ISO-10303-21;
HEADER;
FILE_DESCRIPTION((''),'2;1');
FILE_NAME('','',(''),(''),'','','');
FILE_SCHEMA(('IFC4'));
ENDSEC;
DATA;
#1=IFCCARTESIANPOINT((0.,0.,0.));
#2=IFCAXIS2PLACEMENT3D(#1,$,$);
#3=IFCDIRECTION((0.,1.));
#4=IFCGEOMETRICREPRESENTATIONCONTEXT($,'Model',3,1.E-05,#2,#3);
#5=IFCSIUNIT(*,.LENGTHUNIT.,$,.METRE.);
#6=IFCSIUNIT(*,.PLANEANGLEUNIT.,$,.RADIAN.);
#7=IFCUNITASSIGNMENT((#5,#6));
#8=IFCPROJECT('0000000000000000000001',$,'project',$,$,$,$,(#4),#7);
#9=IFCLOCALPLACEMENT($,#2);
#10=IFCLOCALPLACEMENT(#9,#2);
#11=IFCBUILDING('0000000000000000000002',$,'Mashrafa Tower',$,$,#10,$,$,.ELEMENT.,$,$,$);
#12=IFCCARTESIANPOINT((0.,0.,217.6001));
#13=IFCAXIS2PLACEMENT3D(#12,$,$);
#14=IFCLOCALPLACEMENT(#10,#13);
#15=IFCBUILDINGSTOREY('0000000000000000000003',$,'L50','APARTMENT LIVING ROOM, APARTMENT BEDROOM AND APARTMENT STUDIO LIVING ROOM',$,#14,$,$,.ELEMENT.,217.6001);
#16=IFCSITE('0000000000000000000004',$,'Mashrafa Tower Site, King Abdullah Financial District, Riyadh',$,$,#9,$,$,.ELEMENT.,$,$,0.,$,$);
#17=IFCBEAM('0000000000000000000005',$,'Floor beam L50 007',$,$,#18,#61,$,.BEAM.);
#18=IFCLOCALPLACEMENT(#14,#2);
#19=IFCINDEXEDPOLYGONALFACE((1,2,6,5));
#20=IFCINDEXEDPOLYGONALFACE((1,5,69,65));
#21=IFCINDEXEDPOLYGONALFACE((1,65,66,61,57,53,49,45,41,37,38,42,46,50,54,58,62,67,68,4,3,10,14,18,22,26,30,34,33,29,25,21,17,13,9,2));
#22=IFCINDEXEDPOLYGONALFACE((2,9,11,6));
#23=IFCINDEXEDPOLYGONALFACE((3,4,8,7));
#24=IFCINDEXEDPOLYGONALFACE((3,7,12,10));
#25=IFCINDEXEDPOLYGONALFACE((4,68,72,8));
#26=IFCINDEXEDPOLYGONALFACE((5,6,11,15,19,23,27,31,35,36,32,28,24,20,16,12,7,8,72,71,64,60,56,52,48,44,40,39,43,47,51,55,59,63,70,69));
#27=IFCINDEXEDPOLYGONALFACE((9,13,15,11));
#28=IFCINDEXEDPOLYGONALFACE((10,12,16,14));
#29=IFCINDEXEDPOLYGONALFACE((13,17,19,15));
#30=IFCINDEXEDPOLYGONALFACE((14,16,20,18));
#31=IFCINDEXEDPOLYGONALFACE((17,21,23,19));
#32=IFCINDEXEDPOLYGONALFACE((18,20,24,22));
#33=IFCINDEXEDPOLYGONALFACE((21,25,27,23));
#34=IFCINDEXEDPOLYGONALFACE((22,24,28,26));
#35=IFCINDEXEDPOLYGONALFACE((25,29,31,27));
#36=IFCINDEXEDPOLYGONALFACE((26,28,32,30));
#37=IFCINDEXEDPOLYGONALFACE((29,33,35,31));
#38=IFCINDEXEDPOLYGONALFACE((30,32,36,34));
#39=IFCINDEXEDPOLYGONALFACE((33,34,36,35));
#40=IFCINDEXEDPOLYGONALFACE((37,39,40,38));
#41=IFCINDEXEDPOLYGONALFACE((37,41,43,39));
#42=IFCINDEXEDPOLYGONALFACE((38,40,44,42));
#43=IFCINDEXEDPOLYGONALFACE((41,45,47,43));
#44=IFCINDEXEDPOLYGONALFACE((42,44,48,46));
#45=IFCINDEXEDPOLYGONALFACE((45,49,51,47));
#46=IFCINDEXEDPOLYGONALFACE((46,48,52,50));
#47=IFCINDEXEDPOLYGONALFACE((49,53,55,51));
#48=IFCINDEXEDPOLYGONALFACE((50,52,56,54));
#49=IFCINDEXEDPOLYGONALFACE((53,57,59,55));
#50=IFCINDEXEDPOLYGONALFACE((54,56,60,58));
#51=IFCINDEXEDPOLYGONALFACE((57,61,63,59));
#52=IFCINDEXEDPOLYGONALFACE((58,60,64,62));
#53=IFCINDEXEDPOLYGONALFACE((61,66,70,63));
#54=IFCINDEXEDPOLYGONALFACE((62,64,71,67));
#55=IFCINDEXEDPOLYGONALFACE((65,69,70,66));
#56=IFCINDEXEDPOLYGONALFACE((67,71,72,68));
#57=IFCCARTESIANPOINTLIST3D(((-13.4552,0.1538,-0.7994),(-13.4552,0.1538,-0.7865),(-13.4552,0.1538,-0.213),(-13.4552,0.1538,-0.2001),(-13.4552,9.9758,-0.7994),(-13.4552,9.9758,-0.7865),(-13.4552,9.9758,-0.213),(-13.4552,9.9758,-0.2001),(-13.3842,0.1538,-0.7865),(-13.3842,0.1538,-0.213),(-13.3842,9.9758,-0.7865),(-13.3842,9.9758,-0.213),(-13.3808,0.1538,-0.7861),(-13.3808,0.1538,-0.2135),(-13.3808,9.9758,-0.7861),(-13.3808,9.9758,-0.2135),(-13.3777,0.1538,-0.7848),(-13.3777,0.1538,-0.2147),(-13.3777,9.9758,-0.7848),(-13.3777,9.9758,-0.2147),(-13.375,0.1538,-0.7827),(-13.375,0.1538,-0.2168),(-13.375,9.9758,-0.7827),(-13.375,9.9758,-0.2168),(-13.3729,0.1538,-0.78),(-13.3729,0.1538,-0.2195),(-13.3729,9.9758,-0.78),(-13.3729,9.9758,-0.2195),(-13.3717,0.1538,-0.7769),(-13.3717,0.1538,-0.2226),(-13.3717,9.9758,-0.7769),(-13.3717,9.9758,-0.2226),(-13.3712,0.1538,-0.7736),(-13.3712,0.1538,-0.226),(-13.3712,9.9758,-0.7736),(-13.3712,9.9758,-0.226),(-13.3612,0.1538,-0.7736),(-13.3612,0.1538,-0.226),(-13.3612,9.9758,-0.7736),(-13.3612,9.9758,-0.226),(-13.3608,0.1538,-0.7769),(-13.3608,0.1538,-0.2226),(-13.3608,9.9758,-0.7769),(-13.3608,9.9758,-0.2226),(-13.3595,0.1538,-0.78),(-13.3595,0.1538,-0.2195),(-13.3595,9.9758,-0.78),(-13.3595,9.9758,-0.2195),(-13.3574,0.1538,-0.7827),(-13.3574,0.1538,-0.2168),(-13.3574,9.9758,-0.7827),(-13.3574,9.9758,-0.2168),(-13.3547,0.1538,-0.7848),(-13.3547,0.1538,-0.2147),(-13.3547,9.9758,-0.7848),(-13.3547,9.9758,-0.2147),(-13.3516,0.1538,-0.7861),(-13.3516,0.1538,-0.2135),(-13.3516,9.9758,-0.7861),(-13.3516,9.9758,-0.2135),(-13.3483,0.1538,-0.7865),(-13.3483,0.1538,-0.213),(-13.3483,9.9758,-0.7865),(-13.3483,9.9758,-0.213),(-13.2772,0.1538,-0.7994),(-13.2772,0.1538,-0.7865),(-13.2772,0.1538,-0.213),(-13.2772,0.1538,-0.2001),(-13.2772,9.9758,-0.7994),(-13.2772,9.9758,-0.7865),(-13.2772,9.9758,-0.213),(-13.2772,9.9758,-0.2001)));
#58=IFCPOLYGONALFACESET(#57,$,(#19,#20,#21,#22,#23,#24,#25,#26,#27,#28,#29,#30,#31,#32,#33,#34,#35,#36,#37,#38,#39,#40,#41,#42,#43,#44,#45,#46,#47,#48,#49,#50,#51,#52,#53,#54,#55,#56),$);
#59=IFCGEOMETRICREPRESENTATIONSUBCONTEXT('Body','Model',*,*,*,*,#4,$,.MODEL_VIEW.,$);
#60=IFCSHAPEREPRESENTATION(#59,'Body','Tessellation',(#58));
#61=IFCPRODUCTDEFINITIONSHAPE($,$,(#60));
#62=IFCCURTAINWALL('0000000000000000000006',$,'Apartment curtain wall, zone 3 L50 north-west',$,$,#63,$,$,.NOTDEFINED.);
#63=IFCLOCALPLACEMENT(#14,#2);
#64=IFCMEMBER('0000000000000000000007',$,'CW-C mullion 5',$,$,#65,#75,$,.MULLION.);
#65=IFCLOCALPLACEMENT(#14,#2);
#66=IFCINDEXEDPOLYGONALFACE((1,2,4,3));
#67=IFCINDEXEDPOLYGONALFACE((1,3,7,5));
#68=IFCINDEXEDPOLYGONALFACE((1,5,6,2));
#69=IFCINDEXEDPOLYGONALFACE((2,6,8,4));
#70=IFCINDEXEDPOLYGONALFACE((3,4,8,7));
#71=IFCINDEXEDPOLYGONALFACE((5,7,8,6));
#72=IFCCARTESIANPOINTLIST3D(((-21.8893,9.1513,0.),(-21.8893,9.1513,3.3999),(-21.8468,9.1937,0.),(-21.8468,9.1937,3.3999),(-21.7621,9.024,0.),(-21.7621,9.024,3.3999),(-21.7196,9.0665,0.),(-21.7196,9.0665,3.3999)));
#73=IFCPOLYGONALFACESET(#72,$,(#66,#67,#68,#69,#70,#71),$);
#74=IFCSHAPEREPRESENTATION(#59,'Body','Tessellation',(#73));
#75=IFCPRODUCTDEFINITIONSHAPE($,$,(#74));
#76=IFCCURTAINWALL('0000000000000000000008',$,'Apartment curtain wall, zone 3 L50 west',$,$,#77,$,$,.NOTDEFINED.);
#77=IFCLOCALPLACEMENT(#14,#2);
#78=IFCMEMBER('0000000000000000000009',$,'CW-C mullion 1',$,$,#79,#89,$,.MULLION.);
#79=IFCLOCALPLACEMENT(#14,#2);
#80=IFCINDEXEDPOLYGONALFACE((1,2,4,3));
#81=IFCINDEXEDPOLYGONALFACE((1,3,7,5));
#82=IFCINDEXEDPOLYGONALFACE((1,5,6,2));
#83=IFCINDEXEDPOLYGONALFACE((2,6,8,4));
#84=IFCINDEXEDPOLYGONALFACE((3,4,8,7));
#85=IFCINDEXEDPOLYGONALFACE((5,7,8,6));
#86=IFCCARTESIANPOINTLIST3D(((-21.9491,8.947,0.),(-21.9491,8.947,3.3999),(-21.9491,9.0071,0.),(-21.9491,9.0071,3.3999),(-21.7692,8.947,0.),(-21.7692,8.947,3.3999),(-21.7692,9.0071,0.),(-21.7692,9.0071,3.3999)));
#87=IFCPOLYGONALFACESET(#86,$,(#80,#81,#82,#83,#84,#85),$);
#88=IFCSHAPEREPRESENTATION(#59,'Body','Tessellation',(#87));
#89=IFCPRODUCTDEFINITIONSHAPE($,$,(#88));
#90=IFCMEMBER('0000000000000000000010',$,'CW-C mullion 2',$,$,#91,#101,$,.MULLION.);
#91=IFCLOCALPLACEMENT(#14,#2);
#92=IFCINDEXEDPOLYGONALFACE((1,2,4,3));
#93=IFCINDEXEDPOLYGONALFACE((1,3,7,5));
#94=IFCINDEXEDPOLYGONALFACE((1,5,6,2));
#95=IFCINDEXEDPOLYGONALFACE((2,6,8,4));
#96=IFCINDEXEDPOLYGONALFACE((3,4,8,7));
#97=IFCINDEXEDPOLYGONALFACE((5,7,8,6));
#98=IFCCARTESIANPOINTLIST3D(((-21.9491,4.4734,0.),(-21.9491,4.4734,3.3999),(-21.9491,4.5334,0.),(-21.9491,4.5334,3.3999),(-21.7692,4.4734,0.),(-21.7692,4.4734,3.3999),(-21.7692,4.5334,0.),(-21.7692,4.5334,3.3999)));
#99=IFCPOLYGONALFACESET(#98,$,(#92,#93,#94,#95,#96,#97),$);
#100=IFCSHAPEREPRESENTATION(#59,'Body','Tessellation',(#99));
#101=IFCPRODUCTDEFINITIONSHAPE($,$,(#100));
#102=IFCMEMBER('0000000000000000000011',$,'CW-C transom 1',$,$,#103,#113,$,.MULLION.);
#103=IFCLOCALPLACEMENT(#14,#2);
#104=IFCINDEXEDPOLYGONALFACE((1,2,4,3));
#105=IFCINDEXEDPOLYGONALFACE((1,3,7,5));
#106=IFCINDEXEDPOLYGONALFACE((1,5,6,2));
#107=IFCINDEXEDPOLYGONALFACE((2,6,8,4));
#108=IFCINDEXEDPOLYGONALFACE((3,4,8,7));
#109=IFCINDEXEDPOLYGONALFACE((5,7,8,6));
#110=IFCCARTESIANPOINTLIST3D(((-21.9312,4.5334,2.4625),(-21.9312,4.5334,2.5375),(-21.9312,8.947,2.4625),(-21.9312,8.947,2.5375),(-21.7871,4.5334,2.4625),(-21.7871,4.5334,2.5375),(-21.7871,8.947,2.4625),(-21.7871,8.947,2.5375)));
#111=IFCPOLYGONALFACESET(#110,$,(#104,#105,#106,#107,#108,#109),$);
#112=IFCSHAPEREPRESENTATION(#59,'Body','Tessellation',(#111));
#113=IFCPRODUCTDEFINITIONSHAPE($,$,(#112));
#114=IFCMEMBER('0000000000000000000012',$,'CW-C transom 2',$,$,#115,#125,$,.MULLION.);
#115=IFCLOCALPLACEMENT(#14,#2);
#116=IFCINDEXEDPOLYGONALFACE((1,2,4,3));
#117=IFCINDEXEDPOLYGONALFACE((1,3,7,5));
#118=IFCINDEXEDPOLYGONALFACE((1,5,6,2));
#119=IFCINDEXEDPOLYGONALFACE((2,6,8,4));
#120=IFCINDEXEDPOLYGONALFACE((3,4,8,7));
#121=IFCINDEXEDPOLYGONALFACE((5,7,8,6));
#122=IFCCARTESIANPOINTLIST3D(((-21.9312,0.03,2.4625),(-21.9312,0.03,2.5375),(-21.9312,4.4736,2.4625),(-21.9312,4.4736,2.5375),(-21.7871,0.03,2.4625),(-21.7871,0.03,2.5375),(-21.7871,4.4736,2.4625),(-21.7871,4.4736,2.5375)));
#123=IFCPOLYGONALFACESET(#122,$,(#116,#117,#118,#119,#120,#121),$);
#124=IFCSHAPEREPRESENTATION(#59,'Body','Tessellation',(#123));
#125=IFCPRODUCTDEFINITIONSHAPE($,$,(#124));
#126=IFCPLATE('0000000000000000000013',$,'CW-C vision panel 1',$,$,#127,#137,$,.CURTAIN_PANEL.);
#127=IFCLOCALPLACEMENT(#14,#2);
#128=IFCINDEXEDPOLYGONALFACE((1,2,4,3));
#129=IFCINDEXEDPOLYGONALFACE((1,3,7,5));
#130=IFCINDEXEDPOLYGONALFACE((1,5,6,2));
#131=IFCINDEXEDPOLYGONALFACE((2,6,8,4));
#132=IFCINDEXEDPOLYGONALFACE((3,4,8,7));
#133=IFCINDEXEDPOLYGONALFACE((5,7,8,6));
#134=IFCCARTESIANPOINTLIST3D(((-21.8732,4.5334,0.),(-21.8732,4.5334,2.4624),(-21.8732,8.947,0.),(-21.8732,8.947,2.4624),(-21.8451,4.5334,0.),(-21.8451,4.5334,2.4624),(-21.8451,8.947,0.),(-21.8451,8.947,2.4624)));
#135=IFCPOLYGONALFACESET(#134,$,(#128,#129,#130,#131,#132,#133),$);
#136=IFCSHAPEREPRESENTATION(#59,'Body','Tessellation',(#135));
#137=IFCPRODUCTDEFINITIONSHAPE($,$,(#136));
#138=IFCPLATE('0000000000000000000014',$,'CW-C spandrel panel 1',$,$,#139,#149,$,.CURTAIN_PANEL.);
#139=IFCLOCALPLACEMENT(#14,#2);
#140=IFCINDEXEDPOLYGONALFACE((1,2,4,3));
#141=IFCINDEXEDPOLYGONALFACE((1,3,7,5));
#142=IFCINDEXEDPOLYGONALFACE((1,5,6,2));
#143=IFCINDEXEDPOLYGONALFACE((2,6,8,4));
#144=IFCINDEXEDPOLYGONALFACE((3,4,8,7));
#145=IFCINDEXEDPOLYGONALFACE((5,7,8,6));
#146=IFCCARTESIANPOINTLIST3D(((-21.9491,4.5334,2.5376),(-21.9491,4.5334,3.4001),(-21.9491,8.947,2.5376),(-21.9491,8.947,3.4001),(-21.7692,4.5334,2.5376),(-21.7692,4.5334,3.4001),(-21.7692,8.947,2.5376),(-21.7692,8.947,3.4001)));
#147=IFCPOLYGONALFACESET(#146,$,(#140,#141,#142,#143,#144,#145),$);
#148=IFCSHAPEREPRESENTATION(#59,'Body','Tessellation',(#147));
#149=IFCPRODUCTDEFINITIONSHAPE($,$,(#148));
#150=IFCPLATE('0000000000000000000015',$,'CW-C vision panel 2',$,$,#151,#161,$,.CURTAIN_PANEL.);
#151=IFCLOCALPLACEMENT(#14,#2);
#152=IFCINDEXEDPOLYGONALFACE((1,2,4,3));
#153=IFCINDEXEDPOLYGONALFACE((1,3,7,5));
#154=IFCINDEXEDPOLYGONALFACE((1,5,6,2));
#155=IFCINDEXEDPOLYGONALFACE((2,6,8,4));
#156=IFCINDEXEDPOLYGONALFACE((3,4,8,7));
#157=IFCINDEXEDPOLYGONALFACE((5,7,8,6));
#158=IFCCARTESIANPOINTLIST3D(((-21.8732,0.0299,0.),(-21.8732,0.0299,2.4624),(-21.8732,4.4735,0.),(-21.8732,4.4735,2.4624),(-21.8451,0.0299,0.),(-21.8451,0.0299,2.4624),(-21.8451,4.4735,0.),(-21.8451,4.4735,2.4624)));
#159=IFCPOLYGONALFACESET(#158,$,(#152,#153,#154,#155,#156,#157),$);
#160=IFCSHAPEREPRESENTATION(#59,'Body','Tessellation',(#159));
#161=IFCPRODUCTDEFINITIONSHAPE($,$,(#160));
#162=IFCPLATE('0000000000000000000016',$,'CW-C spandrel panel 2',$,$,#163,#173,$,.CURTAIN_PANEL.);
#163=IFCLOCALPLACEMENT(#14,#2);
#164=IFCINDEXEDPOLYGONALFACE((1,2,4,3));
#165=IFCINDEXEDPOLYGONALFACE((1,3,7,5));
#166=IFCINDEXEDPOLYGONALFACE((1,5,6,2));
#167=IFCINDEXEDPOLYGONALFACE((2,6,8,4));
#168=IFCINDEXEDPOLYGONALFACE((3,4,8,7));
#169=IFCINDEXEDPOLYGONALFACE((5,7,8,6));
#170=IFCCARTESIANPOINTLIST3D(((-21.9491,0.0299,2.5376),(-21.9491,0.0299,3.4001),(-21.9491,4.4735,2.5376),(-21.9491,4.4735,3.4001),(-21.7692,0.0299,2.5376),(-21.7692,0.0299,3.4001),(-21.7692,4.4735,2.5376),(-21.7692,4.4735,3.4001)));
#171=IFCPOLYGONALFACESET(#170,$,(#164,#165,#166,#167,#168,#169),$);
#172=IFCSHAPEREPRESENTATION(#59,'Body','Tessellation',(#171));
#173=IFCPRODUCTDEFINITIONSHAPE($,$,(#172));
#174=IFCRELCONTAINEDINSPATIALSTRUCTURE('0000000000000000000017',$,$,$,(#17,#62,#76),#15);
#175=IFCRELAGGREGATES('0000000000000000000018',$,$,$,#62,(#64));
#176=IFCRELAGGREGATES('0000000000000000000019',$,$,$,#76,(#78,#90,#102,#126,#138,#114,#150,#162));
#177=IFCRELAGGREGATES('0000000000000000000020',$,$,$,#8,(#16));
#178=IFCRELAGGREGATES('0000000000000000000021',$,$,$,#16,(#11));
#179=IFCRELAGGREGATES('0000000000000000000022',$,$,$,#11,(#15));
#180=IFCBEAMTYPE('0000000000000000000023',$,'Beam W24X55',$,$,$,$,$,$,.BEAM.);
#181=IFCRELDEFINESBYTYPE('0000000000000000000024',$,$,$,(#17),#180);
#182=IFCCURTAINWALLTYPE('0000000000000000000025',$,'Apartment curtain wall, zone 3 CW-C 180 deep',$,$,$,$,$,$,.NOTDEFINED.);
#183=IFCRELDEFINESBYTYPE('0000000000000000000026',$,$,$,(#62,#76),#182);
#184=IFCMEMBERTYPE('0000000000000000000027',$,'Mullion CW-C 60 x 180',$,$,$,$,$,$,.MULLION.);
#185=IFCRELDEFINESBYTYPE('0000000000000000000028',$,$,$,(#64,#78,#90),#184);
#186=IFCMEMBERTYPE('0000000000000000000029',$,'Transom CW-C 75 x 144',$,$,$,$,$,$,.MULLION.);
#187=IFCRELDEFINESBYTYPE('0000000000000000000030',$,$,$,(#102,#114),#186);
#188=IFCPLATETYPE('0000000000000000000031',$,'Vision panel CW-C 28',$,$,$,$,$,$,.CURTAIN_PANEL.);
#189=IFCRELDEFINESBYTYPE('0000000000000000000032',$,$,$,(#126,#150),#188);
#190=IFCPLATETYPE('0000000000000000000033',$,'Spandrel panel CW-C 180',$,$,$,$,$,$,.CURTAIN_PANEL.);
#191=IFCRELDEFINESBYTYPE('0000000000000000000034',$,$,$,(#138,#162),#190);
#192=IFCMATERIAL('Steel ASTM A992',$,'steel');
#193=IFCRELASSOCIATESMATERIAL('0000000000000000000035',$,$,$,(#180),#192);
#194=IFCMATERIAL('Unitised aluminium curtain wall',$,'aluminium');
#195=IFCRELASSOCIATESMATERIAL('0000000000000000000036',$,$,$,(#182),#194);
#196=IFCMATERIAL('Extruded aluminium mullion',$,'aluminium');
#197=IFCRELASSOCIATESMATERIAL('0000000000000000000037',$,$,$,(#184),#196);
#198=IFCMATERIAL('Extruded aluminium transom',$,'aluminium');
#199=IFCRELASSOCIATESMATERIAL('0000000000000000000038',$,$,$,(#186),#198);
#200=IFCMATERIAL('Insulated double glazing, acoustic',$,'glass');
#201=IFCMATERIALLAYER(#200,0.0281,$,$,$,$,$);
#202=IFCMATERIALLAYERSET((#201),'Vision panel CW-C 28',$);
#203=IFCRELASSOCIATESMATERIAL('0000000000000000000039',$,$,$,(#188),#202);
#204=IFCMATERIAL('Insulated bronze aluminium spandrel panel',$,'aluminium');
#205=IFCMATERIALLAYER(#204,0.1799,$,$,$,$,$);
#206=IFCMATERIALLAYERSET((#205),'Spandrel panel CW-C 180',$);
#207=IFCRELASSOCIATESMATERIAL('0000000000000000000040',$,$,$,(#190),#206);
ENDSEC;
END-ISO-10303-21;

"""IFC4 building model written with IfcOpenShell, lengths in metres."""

from ifc_helpers import new_model, si_unit, direction, frame, origin, origin_2d, place, context, subcontext, project, spatial, rectangle, i_section, extrude, source, transform, mapped, material, layer, layer_set, material_profile, profile_set, type_object, type_shapes, element, aggregate, save


model = new_model("IFC4")

# Units and contexts
model_context = context("Model", 3, precision=1e-05, world=origin(), true_north=direction((0.0, 1.0)))
body_context = subcontext(model_context, "Body", "Model", "MODEL_VIEW")
ifc_project = project(units=[si_unit("LENGTHUNIT", "METRE"), si_unit("PLANEANGLEUNIT", "RADIAN")], contexts=[model_context])

# Site, building, storey
site_placement = place(None, origin())
site = spatial("IfcSite", under=ifc_project, at=site_placement, Name="Mashrafa Tower Site, King Abdullah Financial District, Riyadh", CompositionType="ELEMENT", RefElevation=0.0)
building_placement = place(site_placement, origin())
building = spatial("IfcBuilding", under=site, at=building_placement, Name="Mashrafa Tower", CompositionType="ELEMENT")
storey_placement = place(building_placement, frame((0.0, 0.0, 217.6001)))
storey = spatial("IfcBuildingStorey", under=building, at=storey_placement, Name="L50", Description="APARTMENT LIVING ROOM, APARTMENT BEDROOM AND APARTMENT STUDIO LIVING ROOM", CompositionType="ELEMENT", Elevation=217.6001)

# Beam
ifc_material_1 = material(Name="Steel ASTM A992", Category="steel")
ifc_material_profile_1 = material_profile(ifc_material_1, i_section(OverallWidth=0.178, OverallDepth=0.5994, WebThickness=0.01, FlangeThickness=0.0129, FilletRadius=0.0129, at=origin_2d()), Name="W24X55")
ifc_profile_set_1 = profile_set([ifc_material_profile_1], Name="Steel ASTM A992")
beam_type_1 = type_object("IfcBeamType", Name="Beam W24X55", PredefinedType="BEAM", material=ifc_profile_set_1)
beam_1_placement = place(storey_placement, frame((-13.3662, 0.1538, -0.4998), z_axis=(0.0, 1.0, 0.0), x_axis=(-1.0, 0.0, 0.0)))
element("IfcBeam", 1, at=beam_1_placement, inside=storey, type_object=beam_type_1, Name="Floor beam L50 007", PredefinedType="BEAM", context=body_context, shape_type="SweptSolid", body=[
    extrude(i_section(OverallWidth=0.178, OverallDepth=0.5994, WebThickness=0.01, FlangeThickness=0.0129, FilletRadius=0.0129, at=origin_2d()), origin(), (0.0, 0.0, 1.0), 9.822),
])

# Curtain wall, member
ifc_material_2 = material(Name="Unitised aluminium curtain wall", Category="aluminium")
curtain_wall_type = type_object("IfcCurtainWallType", Name="Apartment curtain wall, zone 3 CW-C 180 deep", PredefinedType="NOTDEFINED", material=ifc_material_2)
curtain_wall_1_placement = place(storey_placement, origin())
curtain_wall_1 = element("IfcCurtainWall", 2, at=curtain_wall_1_placement, inside=storey, type_object=curtain_wall_type, Name="Apartment curtain wall, zone 3 L50 north-west", PredefinedType="NOTDEFINED")
ifc_material_3 = material(Name="Extruded aluminium mullion", Category="aluminium")
ifc_material_profile_2 = material_profile(ifc_material_3, rectangle(XDim=0.1799, YDim=0.0601, at=origin_2d()), Name="Mullion 60x180")
ifc_profile_set_2 = profile_set([ifc_material_profile_2], Name="Extruded aluminium mullion")
member_type_1 = type_object("IfcMemberType", Name="Mullion CW-C 60 x 180", PredefinedType="MULLION", material=ifc_profile_set_2)
shared_shape_1 = source(origin(), body_context, "Body", "SweptSolid", [
    extrude(rectangle(XDim=0.1799, YDim=0.0601, at=origin_2d()), origin(), (0.0, 0.0, 1.0), 3.3999),
])
type_shapes(member_type_1, [shared_shape_1])
member_1_placement = place(storey_placement, frame((-21.8044, 9.1089, 0.0), z_axis=(0.0, 0.0, 1.0), x_axis=(0.707107, -0.707107, 0.0)))
member_1 = element("IfcMember", 3, at=member_1_placement, type_object=member_type_1, Name="CW-C mullion 5", PredefinedType="MULLION", context=body_context, shape_type="MappedRepresentation", body=[
    mapped(shared_shape_1, transform((0.0, 0.0, 0.0))),
])
aggregate(curtain_wall_1, [member_1])

# Curtain wall, members, plates
curtain_wall_2_placement = place(storey_placement, origin())
curtain_wall_2 = element("IfcCurtainWall", 4, at=curtain_wall_2_placement, inside=storey, type_object=curtain_wall_type, Name="Apartment curtain wall, zone 3 L50 west", PredefinedType="NOTDEFINED")
member_2_placement = place(storey_placement, frame((-21.8591, 8.9771, 0.0), z_axis=(0.0, 0.0, 1.0), x_axis=(1.0, 0.0, 0.0)))
member_2 = element("IfcMember", 5, at=member_2_placement, type_object=member_type_1, Name="CW-C mullion 1", PredefinedType="MULLION", context=body_context, shape_type="MappedRepresentation", body=[
    mapped(shared_shape_1, transform((0.0, 0.0, 0.0))),
])
member_3_placement = place(storey_placement, frame((-21.8591, 4.5034, 0.0), z_axis=(0.0, 0.0, 1.0), x_axis=(1.0, 0.0, 0.0)))
member_3 = element("IfcMember", 6, at=member_3_placement, type_object=member_type_1, Name="CW-C mullion 2", PredefinedType="MULLION", context=body_context, shape_type="MappedRepresentation", body=[
    mapped(shared_shape_1, transform((0.0, 0.0, 0.0))),
])
ifc_material_4 = material(Name="Extruded aluminium transom", Category="aluminium")
ifc_material_profile_3 = material_profile(ifc_material_4, rectangle(XDim=0.144, YDim=0.075, at=origin_2d()), Name="Transom 75x144")
ifc_profile_set_3 = profile_set([ifc_material_profile_3], Name="Extruded aluminium transom")
member_type_2 = type_object("IfcMemberType", Name="Transom CW-C 75 x 144", PredefinedType="MULLION", material=ifc_profile_set_3)
shared_shape_2 = source(origin(), body_context, "Body", "SweptSolid", [
    extrude(rectangle(XDim=0.144, YDim=0.075, at=origin_2d()), origin(), (0.0, 0.0, 1.0), 4.4136),
])
member_4_placement = place(storey_placement, frame((-21.8591, 8.947, 2.5), z_axis=(0.0, -1.0, 0.0), x_axis=(1.0, 0.0, 0.0)))
member_4 = element("IfcMember", 7, at=member_4_placement, type_object=member_type_2, Name="CW-C transom 1", PredefinedType="MULLION", context=body_context, shape_type="MappedRepresentation", body=[
    mapped(shared_shape_2, transform((0.0, 0.0, 0.0))),
])
shared_shape_3 = source(origin(), body_context, "Body", "SweptSolid", [
    extrude(rectangle(XDim=0.144, YDim=0.075, at=origin_2d()), origin(), (0.0, 0.0, 1.0), 4.4436),
])
type_shapes(member_type_2, [shared_shape_2, shared_shape_3])
member_5_placement = place(storey_placement, frame((-21.8591, 4.4736, 2.5), z_axis=(0.0, -1.0, 0.0), x_axis=(1.0, 0.0, 0.0)))
member_5 = element("IfcMember", 8, at=member_5_placement, type_object=member_type_2, Name="CW-C transom 2", PredefinedType="MULLION", context=body_context, shape_type="MappedRepresentation", body=[
    mapped(shared_shape_3, transform((0.0, 0.0, 0.0))),
])
ifc_material_5 = material(Name="Insulated double glazing, acoustic", Category="glass")
ifc_layer_1 = layer(ifc_material_5, 0.0281)
ifc_layer_set_1 = layer_set([ifc_layer_1], Name="Vision panel CW-C 28")
plate_type_1 = type_object("IfcPlateType", Name="Vision panel CW-C 28", PredefinedType="CURTAIN_PANEL", material=ifc_layer_set_1)
shared_shape_4 = source(origin(), body_context, "Body", "SweptSolid", [
    extrude(rectangle(XDim=4.4136, YDim=0.0281, at=origin_2d()), origin(), (0.0, 0.0, 1.0), 2.4624),
])
plate_1_placement = place(storey_placement, frame((-21.8591, 6.7402, 0.0), z_axis=(0.0, 0.0, 1.0), x_axis=(0.0, -1.0, 0.0)))
plate_1 = element("IfcPlate", 9, at=plate_1_placement, type_object=plate_type_1, Name="CW-C vision panel 1", PredefinedType="CURTAIN_PANEL", context=body_context, shape_type="MappedRepresentation", body=[
    mapped(shared_shape_4, transform((0.0, 0.0, 0.0))),
])
ifc_material_6 = material(Name="Insulated bronze aluminium spandrel panel", Category="aluminium")
ifc_layer_2 = layer(ifc_material_6, 0.1799)
ifc_layer_set_2 = layer_set([ifc_layer_2], Name="Spandrel panel CW-C 180")
plate_type_2 = type_object("IfcPlateType", Name="Spandrel panel CW-C 180", PredefinedType="CURTAIN_PANEL", material=ifc_layer_set_2)
shared_shape_5 = source(origin(), body_context, "Body", "SweptSolid", [
    extrude(rectangle(XDim=4.4136, YDim=0.1799, at=origin_2d()), origin(), (0.0, 0.0, 1.0), 0.8625),
])
plate_2_placement = place(storey_placement, frame((-21.8591, 6.7402, 2.5376), z_axis=(0.0, 0.0, 1.0), x_axis=(0.0, -1.0, 0.0)))
plate_2 = element("IfcPlate", 10, at=plate_2_placement, type_object=plate_type_2, Name="CW-C spandrel panel 1", PredefinedType="CURTAIN_PANEL", context=body_context, shape_type="MappedRepresentation", body=[
    mapped(shared_shape_5, transform((0.0, 0.0, 0.0))),
])
shared_shape_6 = source(origin(), body_context, "Body", "SweptSolid", [
    extrude(rectangle(XDim=4.4436, YDim=0.0281, at=origin_2d()), origin(), (0.0, 0.0, 1.0), 2.4624),
])
type_shapes(plate_type_1, [shared_shape_4, shared_shape_6])
plate_3_placement = place(storey_placement, frame((-21.8591, 2.2517, 0.0), z_axis=(0.0, 0.0, 1.0), x_axis=(0.0, -1.0, 0.0)))
plate_3 = element("IfcPlate", 11, at=plate_3_placement, type_object=plate_type_1, Name="CW-C vision panel 2", PredefinedType="CURTAIN_PANEL", context=body_context, shape_type="MappedRepresentation", body=[
    mapped(shared_shape_6, transform((0.0, 0.0, 0.0))),
])
shared_shape_7 = source(origin(), body_context, "Body", "SweptSolid", [
    extrude(rectangle(XDim=4.4436, YDim=0.1799, at=origin_2d()), origin(), (0.0, 0.0, 1.0), 0.8625),
])
type_shapes(plate_type_2, [shared_shape_5, shared_shape_7])
plate_4_placement = place(storey_placement, frame((-21.8591, 2.2517, 2.5376), z_axis=(0.0, 0.0, 1.0), x_axis=(0.0, -1.0, 0.0)))
plate_4 = element("IfcPlate", 12, at=plate_4_placement, type_object=plate_type_2, Name="CW-C spandrel panel 2", PredefinedType="CURTAIN_PANEL", context=body_context, shape_type="MappedRepresentation", body=[
    mapped(shared_shape_7, transform((0.0, 0.0, 0.0))),
])
aggregate(curtain_wall_2, [member_2, member_3, member_4, plate_1, plate_2, member_5, plate_3, plate_4])

save(model, "model.ifc")
